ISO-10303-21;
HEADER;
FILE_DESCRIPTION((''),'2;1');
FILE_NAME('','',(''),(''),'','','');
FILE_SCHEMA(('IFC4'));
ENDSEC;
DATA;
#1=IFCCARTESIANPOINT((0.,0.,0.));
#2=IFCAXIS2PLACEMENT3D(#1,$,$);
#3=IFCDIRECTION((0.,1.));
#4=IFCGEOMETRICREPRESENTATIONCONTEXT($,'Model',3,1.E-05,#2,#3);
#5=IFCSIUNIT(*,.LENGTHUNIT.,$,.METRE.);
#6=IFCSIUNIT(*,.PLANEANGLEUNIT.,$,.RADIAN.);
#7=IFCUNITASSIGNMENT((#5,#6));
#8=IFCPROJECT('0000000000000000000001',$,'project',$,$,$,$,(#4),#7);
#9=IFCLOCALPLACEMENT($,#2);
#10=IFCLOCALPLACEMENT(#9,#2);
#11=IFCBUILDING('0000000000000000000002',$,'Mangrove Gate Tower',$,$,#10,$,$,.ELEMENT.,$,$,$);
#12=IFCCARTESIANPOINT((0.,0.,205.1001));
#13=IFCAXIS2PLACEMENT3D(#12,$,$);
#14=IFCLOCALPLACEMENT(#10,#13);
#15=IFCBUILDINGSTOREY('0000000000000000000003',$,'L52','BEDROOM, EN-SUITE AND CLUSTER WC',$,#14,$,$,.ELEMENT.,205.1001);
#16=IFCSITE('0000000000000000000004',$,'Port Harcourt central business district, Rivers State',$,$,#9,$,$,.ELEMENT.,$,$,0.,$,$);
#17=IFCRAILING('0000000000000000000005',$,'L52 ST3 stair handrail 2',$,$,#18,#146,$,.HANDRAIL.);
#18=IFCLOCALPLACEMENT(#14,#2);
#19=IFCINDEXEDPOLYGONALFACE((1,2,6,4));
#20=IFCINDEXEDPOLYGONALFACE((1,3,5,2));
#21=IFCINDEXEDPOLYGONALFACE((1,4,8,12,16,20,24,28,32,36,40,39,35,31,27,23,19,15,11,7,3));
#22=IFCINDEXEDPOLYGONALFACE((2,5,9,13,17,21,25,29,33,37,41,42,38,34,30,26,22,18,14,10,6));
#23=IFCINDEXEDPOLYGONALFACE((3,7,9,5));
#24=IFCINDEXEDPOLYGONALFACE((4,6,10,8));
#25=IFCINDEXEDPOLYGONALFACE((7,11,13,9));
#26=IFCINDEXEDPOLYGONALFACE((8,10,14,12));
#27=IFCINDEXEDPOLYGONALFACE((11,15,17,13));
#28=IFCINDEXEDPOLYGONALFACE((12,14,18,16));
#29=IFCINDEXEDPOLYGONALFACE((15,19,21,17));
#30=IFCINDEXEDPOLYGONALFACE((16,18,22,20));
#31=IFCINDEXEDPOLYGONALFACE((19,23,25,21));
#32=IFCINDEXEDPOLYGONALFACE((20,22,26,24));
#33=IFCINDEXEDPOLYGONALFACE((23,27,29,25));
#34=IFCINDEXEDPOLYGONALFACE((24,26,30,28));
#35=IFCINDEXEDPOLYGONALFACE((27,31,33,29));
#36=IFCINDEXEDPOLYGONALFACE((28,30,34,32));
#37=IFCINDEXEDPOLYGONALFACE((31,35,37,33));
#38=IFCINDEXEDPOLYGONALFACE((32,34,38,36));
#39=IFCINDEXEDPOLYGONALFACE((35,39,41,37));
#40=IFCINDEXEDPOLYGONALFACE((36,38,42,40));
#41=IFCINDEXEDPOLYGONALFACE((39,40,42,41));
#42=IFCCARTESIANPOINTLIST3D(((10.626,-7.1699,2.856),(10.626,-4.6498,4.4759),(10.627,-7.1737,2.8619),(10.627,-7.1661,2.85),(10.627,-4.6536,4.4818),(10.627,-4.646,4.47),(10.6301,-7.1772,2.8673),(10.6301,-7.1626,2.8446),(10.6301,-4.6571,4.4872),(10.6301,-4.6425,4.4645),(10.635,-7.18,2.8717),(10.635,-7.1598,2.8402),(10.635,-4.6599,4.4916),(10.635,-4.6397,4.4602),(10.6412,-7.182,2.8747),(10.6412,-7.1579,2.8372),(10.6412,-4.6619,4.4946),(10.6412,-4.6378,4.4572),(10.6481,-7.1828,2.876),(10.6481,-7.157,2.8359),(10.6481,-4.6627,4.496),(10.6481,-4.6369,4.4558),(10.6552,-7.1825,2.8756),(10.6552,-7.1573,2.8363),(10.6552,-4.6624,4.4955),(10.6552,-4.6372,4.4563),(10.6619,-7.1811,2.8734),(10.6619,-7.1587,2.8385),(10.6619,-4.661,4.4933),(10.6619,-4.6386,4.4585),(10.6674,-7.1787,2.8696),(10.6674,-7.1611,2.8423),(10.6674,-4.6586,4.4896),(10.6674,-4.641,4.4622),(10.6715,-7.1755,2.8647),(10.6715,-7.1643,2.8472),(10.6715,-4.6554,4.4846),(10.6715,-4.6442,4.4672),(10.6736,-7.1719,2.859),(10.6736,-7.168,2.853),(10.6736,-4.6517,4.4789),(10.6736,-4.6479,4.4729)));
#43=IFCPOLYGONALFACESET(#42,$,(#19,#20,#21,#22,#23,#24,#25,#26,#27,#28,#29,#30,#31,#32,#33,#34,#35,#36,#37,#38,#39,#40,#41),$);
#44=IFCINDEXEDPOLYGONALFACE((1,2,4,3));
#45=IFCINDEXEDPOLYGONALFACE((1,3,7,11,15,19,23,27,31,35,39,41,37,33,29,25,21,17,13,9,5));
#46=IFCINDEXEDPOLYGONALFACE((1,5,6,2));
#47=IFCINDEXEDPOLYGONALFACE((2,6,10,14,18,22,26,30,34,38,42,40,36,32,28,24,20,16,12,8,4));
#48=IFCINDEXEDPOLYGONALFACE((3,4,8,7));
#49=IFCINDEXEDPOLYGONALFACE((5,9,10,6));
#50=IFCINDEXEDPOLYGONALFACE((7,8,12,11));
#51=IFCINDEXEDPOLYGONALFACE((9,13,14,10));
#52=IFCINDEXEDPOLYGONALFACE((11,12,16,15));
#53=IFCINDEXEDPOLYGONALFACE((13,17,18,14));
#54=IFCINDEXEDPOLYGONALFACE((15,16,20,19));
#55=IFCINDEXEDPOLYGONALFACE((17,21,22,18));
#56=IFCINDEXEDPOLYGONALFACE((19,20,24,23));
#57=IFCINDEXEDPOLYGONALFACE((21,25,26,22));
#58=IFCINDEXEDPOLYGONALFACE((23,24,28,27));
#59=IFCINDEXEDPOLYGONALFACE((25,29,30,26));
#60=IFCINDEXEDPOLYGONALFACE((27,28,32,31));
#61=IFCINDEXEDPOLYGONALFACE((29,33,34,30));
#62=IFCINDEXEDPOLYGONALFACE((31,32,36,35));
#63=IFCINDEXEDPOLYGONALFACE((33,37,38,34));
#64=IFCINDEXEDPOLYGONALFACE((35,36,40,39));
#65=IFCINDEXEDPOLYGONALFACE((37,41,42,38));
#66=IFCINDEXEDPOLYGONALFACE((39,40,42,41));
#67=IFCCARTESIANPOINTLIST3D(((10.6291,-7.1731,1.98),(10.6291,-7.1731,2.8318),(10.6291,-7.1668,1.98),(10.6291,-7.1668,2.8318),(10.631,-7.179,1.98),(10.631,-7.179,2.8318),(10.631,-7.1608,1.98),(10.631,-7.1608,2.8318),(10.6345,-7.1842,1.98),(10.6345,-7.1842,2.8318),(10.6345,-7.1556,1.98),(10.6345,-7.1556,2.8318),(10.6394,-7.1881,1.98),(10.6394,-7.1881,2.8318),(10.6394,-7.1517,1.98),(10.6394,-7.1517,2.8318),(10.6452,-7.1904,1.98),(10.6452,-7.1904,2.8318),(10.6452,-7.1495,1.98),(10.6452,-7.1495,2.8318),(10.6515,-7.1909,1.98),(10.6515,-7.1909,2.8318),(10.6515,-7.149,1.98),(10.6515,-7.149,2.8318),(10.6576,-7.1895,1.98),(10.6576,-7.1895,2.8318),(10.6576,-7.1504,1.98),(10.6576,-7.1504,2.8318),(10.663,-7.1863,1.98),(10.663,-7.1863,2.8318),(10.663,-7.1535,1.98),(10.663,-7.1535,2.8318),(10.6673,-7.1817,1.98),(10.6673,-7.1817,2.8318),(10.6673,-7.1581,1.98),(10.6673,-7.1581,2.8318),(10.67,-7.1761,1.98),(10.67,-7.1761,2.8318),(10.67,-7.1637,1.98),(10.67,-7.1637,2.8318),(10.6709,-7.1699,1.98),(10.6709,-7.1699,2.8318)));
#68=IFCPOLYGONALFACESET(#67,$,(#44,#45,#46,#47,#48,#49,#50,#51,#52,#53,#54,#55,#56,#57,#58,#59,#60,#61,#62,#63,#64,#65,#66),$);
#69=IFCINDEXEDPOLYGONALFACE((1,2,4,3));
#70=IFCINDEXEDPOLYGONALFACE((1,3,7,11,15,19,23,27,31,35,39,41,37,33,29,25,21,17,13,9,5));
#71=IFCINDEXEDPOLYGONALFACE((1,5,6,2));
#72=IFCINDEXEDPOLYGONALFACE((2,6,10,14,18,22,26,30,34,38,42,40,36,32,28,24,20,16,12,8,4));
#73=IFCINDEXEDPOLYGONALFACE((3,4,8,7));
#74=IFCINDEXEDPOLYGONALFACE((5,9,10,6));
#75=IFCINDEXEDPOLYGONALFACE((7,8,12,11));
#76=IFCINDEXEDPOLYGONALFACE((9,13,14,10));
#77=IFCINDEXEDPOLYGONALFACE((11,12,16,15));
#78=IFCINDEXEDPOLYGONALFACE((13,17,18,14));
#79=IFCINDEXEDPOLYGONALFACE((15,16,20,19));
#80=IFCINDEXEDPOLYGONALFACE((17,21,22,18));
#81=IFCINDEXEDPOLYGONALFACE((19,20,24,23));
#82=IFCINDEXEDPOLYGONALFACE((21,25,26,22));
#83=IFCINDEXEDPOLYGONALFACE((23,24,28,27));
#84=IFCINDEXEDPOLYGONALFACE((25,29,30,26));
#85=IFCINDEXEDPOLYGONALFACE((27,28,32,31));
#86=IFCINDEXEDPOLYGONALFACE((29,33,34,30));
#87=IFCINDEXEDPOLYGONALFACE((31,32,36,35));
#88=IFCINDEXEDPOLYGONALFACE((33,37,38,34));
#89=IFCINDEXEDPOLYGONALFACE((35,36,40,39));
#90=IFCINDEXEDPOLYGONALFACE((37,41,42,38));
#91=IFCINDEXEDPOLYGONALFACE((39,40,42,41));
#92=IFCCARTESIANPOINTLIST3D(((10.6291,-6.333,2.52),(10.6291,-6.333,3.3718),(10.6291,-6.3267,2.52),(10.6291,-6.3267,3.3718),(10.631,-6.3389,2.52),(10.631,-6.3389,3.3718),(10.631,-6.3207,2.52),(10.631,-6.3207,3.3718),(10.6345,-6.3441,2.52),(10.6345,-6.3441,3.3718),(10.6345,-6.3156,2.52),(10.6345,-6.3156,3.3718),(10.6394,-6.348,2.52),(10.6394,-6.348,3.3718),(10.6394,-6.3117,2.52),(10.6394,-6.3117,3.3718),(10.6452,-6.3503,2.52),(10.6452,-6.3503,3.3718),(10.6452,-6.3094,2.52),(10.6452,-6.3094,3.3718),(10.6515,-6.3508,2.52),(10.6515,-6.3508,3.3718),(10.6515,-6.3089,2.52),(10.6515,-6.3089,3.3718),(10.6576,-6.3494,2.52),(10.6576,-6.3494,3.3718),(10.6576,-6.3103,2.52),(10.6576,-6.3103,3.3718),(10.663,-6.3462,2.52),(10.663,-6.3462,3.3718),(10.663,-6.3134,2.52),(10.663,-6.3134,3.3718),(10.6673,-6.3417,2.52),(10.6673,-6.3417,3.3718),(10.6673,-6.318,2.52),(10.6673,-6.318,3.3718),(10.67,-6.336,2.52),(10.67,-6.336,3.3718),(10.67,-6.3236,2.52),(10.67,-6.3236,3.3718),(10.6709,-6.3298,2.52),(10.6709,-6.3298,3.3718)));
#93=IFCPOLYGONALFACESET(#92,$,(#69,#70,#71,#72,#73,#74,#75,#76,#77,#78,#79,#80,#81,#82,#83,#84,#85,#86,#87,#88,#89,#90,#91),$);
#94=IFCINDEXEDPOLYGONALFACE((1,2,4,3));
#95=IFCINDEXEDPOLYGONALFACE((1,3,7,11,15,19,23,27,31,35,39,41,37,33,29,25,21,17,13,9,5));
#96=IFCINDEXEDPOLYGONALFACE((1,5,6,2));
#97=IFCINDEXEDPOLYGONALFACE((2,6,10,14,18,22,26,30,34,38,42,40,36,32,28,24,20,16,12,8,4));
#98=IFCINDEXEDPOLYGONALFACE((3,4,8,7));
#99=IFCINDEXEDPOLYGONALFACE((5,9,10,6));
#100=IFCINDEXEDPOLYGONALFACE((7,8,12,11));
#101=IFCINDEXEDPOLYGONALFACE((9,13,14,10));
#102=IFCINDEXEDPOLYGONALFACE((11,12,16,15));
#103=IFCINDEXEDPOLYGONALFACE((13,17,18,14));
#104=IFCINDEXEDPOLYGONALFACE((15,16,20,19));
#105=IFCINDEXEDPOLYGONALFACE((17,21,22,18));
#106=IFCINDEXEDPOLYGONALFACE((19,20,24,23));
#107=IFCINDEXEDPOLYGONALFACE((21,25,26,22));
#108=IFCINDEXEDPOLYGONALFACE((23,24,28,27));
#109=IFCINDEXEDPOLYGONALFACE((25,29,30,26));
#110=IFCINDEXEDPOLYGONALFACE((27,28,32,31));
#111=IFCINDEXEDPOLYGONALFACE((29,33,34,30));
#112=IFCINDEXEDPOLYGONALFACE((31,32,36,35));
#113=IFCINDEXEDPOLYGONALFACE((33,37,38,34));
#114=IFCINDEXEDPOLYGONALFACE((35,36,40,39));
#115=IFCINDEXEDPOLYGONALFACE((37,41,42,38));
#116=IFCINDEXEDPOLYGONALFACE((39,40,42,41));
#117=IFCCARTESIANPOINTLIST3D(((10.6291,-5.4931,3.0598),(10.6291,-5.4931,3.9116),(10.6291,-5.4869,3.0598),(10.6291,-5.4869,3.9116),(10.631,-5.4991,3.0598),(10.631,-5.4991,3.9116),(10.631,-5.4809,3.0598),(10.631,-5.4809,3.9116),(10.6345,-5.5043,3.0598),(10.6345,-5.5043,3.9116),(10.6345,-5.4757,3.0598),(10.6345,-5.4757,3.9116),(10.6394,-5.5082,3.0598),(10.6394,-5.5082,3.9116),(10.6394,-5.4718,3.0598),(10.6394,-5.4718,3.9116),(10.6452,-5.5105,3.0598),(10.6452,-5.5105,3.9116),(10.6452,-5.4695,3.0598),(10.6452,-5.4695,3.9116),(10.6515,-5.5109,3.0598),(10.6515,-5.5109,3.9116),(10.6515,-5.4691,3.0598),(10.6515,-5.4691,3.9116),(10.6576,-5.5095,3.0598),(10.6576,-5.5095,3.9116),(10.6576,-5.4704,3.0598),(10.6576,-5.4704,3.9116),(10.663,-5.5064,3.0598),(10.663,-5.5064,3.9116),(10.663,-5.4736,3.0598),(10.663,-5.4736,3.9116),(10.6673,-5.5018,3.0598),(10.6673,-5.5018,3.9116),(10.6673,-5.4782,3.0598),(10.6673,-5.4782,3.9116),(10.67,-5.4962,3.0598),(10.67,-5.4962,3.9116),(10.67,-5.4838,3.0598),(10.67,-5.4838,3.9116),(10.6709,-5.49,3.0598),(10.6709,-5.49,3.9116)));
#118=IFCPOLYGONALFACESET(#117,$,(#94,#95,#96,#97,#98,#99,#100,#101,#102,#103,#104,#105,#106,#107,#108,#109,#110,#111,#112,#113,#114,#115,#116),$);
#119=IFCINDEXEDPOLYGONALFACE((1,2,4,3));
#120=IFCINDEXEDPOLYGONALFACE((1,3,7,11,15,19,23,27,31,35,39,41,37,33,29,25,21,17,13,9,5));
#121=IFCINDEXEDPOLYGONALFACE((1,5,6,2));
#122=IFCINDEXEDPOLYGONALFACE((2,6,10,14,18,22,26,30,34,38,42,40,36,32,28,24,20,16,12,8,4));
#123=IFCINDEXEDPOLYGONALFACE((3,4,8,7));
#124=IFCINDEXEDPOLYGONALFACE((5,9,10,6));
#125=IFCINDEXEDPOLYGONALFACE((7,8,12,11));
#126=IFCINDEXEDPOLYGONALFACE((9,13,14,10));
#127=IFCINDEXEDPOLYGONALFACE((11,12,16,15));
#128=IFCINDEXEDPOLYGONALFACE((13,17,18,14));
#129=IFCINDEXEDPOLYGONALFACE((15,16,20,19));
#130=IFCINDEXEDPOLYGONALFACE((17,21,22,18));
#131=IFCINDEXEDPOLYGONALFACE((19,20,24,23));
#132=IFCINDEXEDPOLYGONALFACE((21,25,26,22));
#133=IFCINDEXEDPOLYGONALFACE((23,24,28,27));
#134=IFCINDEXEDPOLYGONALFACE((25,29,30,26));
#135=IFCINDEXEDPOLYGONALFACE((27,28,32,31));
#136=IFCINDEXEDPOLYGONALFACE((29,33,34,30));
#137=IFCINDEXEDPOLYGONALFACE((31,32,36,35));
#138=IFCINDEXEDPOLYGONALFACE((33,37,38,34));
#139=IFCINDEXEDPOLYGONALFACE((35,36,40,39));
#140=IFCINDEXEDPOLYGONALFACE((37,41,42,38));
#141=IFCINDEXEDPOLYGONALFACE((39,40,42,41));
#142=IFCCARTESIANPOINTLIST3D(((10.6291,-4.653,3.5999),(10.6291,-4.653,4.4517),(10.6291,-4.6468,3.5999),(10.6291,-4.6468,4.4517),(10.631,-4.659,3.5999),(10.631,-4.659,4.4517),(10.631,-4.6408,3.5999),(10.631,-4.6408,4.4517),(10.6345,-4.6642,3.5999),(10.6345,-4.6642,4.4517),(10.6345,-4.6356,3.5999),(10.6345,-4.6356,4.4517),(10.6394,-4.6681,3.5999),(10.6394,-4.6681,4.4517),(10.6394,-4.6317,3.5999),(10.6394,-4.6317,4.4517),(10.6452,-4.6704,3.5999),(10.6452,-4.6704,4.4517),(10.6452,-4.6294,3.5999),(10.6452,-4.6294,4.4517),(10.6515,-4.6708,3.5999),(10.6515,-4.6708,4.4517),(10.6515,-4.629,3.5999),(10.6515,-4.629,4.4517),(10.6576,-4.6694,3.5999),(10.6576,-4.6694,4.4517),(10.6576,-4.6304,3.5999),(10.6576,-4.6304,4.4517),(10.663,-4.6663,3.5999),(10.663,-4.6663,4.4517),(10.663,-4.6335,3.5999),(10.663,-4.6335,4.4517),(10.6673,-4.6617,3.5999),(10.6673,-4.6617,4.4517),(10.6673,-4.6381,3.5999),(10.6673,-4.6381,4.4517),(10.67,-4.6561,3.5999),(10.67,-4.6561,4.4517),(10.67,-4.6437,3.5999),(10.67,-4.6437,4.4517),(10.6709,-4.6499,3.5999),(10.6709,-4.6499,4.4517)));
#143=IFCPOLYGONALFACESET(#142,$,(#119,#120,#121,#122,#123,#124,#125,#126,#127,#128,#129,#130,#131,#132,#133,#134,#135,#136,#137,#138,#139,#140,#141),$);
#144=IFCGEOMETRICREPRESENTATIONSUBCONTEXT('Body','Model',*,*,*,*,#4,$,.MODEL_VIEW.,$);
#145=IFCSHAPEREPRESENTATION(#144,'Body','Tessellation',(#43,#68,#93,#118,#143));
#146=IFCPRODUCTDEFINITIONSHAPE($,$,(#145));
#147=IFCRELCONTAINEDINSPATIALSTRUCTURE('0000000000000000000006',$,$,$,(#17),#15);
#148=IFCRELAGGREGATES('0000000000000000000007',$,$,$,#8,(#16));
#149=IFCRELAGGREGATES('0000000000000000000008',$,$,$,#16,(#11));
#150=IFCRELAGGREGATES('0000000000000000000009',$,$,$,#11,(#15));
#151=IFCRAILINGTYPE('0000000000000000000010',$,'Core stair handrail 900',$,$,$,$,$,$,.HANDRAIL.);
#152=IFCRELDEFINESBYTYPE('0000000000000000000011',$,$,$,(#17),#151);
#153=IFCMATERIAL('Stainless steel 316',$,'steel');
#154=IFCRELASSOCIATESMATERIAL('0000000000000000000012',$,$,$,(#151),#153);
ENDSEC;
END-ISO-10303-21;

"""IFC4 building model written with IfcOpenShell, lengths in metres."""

from ifc_helpers import new_model, si_unit, direction, frame, origin, origin_2d, place, context, subcontext, project, spatial, circle, extrude, material, type_object, element, save


model = new_model("IFC4")

# Units and contexts
model_context = context("Model", 3, precision=1e-05, world=origin(), true_north=direction((0.0, 1.0)))
body_context = subcontext(model_context, "Body", "Model", "MODEL_VIEW")
ifc_project = project(units=[si_unit("LENGTHUNIT", "METRE"), si_unit("PLANEANGLEUNIT", "RADIAN")], contexts=[model_context])

# Site, building, storey
site_placement = place(None, origin())
site = spatial("IfcSite", under=ifc_project, at=site_placement, Name="Port Harcourt central business district, Rivers State", CompositionType="ELEMENT", RefElevation=0.0)
building_placement = place(site_placement, origin())
building = spatial("IfcBuilding", under=site, at=building_placement, Name="Mangrove Gate Tower", CompositionType="ELEMENT")
storey_placement = place(building_placement, frame((0.0, 0.0, 205.1001)))
storey = spatial("IfcBuildingStorey", under=building, at=storey_placement, Name="L52", Description="BEDROOM, EN-SUITE AND CLUSTER WC", CompositionType="ELEMENT", Elevation=205.1001)

# Railing
ifc_material_1 = material(Name="Stainless steel 316", Category="steel")
railing_type_1 = type_object("IfcRailingType", Name="Core stair handrail 900", PredefinedType="HANDRAIL", material=ifc_material_1)
railing_1_placement = place(storey_placement, frame((10.6499, -7.1699, 1.98)))
element("IfcRailing", 1, at=railing_1_placement, inside=storey, type_object=railing_type_1, Name="L52 ST3 stair handrail 2", PredefinedType="HANDRAIL", context=body_context, shape_type="SweptSolid", body=[
    extrude(circle(Radius=0.0239, at=origin_2d()), frame((0.0, 0.0, 0.876), z_axis=(0.0, 0.8412, 0.540725), x_axis=(-1.0, 0.0, 0.0)), (0.0, 0.0, 1.0), 2.9958),
    extrude(circle(Radius=0.021, at=origin_2d()), origin(), (0.0, 0.0, 1.0), 0.8518),
    extrude(circle(Radius=0.021, at=origin_2d()), frame((0.0, 0.8401, 0.54)), (0.0, 0.0, 1.0), 0.8518),
    extrude(circle(Radius=0.021, at=origin_2d()), frame((0.0, 1.6799, 1.0798)), (0.0, 0.0, 1.0), 0.8518),
    extrude(circle(Radius=0.021, at=origin_2d()), frame((0.0, 2.52, 1.6199)), (0.0, 0.0, 1.0), 0.8518),
])

save(model, "model.ifc")
